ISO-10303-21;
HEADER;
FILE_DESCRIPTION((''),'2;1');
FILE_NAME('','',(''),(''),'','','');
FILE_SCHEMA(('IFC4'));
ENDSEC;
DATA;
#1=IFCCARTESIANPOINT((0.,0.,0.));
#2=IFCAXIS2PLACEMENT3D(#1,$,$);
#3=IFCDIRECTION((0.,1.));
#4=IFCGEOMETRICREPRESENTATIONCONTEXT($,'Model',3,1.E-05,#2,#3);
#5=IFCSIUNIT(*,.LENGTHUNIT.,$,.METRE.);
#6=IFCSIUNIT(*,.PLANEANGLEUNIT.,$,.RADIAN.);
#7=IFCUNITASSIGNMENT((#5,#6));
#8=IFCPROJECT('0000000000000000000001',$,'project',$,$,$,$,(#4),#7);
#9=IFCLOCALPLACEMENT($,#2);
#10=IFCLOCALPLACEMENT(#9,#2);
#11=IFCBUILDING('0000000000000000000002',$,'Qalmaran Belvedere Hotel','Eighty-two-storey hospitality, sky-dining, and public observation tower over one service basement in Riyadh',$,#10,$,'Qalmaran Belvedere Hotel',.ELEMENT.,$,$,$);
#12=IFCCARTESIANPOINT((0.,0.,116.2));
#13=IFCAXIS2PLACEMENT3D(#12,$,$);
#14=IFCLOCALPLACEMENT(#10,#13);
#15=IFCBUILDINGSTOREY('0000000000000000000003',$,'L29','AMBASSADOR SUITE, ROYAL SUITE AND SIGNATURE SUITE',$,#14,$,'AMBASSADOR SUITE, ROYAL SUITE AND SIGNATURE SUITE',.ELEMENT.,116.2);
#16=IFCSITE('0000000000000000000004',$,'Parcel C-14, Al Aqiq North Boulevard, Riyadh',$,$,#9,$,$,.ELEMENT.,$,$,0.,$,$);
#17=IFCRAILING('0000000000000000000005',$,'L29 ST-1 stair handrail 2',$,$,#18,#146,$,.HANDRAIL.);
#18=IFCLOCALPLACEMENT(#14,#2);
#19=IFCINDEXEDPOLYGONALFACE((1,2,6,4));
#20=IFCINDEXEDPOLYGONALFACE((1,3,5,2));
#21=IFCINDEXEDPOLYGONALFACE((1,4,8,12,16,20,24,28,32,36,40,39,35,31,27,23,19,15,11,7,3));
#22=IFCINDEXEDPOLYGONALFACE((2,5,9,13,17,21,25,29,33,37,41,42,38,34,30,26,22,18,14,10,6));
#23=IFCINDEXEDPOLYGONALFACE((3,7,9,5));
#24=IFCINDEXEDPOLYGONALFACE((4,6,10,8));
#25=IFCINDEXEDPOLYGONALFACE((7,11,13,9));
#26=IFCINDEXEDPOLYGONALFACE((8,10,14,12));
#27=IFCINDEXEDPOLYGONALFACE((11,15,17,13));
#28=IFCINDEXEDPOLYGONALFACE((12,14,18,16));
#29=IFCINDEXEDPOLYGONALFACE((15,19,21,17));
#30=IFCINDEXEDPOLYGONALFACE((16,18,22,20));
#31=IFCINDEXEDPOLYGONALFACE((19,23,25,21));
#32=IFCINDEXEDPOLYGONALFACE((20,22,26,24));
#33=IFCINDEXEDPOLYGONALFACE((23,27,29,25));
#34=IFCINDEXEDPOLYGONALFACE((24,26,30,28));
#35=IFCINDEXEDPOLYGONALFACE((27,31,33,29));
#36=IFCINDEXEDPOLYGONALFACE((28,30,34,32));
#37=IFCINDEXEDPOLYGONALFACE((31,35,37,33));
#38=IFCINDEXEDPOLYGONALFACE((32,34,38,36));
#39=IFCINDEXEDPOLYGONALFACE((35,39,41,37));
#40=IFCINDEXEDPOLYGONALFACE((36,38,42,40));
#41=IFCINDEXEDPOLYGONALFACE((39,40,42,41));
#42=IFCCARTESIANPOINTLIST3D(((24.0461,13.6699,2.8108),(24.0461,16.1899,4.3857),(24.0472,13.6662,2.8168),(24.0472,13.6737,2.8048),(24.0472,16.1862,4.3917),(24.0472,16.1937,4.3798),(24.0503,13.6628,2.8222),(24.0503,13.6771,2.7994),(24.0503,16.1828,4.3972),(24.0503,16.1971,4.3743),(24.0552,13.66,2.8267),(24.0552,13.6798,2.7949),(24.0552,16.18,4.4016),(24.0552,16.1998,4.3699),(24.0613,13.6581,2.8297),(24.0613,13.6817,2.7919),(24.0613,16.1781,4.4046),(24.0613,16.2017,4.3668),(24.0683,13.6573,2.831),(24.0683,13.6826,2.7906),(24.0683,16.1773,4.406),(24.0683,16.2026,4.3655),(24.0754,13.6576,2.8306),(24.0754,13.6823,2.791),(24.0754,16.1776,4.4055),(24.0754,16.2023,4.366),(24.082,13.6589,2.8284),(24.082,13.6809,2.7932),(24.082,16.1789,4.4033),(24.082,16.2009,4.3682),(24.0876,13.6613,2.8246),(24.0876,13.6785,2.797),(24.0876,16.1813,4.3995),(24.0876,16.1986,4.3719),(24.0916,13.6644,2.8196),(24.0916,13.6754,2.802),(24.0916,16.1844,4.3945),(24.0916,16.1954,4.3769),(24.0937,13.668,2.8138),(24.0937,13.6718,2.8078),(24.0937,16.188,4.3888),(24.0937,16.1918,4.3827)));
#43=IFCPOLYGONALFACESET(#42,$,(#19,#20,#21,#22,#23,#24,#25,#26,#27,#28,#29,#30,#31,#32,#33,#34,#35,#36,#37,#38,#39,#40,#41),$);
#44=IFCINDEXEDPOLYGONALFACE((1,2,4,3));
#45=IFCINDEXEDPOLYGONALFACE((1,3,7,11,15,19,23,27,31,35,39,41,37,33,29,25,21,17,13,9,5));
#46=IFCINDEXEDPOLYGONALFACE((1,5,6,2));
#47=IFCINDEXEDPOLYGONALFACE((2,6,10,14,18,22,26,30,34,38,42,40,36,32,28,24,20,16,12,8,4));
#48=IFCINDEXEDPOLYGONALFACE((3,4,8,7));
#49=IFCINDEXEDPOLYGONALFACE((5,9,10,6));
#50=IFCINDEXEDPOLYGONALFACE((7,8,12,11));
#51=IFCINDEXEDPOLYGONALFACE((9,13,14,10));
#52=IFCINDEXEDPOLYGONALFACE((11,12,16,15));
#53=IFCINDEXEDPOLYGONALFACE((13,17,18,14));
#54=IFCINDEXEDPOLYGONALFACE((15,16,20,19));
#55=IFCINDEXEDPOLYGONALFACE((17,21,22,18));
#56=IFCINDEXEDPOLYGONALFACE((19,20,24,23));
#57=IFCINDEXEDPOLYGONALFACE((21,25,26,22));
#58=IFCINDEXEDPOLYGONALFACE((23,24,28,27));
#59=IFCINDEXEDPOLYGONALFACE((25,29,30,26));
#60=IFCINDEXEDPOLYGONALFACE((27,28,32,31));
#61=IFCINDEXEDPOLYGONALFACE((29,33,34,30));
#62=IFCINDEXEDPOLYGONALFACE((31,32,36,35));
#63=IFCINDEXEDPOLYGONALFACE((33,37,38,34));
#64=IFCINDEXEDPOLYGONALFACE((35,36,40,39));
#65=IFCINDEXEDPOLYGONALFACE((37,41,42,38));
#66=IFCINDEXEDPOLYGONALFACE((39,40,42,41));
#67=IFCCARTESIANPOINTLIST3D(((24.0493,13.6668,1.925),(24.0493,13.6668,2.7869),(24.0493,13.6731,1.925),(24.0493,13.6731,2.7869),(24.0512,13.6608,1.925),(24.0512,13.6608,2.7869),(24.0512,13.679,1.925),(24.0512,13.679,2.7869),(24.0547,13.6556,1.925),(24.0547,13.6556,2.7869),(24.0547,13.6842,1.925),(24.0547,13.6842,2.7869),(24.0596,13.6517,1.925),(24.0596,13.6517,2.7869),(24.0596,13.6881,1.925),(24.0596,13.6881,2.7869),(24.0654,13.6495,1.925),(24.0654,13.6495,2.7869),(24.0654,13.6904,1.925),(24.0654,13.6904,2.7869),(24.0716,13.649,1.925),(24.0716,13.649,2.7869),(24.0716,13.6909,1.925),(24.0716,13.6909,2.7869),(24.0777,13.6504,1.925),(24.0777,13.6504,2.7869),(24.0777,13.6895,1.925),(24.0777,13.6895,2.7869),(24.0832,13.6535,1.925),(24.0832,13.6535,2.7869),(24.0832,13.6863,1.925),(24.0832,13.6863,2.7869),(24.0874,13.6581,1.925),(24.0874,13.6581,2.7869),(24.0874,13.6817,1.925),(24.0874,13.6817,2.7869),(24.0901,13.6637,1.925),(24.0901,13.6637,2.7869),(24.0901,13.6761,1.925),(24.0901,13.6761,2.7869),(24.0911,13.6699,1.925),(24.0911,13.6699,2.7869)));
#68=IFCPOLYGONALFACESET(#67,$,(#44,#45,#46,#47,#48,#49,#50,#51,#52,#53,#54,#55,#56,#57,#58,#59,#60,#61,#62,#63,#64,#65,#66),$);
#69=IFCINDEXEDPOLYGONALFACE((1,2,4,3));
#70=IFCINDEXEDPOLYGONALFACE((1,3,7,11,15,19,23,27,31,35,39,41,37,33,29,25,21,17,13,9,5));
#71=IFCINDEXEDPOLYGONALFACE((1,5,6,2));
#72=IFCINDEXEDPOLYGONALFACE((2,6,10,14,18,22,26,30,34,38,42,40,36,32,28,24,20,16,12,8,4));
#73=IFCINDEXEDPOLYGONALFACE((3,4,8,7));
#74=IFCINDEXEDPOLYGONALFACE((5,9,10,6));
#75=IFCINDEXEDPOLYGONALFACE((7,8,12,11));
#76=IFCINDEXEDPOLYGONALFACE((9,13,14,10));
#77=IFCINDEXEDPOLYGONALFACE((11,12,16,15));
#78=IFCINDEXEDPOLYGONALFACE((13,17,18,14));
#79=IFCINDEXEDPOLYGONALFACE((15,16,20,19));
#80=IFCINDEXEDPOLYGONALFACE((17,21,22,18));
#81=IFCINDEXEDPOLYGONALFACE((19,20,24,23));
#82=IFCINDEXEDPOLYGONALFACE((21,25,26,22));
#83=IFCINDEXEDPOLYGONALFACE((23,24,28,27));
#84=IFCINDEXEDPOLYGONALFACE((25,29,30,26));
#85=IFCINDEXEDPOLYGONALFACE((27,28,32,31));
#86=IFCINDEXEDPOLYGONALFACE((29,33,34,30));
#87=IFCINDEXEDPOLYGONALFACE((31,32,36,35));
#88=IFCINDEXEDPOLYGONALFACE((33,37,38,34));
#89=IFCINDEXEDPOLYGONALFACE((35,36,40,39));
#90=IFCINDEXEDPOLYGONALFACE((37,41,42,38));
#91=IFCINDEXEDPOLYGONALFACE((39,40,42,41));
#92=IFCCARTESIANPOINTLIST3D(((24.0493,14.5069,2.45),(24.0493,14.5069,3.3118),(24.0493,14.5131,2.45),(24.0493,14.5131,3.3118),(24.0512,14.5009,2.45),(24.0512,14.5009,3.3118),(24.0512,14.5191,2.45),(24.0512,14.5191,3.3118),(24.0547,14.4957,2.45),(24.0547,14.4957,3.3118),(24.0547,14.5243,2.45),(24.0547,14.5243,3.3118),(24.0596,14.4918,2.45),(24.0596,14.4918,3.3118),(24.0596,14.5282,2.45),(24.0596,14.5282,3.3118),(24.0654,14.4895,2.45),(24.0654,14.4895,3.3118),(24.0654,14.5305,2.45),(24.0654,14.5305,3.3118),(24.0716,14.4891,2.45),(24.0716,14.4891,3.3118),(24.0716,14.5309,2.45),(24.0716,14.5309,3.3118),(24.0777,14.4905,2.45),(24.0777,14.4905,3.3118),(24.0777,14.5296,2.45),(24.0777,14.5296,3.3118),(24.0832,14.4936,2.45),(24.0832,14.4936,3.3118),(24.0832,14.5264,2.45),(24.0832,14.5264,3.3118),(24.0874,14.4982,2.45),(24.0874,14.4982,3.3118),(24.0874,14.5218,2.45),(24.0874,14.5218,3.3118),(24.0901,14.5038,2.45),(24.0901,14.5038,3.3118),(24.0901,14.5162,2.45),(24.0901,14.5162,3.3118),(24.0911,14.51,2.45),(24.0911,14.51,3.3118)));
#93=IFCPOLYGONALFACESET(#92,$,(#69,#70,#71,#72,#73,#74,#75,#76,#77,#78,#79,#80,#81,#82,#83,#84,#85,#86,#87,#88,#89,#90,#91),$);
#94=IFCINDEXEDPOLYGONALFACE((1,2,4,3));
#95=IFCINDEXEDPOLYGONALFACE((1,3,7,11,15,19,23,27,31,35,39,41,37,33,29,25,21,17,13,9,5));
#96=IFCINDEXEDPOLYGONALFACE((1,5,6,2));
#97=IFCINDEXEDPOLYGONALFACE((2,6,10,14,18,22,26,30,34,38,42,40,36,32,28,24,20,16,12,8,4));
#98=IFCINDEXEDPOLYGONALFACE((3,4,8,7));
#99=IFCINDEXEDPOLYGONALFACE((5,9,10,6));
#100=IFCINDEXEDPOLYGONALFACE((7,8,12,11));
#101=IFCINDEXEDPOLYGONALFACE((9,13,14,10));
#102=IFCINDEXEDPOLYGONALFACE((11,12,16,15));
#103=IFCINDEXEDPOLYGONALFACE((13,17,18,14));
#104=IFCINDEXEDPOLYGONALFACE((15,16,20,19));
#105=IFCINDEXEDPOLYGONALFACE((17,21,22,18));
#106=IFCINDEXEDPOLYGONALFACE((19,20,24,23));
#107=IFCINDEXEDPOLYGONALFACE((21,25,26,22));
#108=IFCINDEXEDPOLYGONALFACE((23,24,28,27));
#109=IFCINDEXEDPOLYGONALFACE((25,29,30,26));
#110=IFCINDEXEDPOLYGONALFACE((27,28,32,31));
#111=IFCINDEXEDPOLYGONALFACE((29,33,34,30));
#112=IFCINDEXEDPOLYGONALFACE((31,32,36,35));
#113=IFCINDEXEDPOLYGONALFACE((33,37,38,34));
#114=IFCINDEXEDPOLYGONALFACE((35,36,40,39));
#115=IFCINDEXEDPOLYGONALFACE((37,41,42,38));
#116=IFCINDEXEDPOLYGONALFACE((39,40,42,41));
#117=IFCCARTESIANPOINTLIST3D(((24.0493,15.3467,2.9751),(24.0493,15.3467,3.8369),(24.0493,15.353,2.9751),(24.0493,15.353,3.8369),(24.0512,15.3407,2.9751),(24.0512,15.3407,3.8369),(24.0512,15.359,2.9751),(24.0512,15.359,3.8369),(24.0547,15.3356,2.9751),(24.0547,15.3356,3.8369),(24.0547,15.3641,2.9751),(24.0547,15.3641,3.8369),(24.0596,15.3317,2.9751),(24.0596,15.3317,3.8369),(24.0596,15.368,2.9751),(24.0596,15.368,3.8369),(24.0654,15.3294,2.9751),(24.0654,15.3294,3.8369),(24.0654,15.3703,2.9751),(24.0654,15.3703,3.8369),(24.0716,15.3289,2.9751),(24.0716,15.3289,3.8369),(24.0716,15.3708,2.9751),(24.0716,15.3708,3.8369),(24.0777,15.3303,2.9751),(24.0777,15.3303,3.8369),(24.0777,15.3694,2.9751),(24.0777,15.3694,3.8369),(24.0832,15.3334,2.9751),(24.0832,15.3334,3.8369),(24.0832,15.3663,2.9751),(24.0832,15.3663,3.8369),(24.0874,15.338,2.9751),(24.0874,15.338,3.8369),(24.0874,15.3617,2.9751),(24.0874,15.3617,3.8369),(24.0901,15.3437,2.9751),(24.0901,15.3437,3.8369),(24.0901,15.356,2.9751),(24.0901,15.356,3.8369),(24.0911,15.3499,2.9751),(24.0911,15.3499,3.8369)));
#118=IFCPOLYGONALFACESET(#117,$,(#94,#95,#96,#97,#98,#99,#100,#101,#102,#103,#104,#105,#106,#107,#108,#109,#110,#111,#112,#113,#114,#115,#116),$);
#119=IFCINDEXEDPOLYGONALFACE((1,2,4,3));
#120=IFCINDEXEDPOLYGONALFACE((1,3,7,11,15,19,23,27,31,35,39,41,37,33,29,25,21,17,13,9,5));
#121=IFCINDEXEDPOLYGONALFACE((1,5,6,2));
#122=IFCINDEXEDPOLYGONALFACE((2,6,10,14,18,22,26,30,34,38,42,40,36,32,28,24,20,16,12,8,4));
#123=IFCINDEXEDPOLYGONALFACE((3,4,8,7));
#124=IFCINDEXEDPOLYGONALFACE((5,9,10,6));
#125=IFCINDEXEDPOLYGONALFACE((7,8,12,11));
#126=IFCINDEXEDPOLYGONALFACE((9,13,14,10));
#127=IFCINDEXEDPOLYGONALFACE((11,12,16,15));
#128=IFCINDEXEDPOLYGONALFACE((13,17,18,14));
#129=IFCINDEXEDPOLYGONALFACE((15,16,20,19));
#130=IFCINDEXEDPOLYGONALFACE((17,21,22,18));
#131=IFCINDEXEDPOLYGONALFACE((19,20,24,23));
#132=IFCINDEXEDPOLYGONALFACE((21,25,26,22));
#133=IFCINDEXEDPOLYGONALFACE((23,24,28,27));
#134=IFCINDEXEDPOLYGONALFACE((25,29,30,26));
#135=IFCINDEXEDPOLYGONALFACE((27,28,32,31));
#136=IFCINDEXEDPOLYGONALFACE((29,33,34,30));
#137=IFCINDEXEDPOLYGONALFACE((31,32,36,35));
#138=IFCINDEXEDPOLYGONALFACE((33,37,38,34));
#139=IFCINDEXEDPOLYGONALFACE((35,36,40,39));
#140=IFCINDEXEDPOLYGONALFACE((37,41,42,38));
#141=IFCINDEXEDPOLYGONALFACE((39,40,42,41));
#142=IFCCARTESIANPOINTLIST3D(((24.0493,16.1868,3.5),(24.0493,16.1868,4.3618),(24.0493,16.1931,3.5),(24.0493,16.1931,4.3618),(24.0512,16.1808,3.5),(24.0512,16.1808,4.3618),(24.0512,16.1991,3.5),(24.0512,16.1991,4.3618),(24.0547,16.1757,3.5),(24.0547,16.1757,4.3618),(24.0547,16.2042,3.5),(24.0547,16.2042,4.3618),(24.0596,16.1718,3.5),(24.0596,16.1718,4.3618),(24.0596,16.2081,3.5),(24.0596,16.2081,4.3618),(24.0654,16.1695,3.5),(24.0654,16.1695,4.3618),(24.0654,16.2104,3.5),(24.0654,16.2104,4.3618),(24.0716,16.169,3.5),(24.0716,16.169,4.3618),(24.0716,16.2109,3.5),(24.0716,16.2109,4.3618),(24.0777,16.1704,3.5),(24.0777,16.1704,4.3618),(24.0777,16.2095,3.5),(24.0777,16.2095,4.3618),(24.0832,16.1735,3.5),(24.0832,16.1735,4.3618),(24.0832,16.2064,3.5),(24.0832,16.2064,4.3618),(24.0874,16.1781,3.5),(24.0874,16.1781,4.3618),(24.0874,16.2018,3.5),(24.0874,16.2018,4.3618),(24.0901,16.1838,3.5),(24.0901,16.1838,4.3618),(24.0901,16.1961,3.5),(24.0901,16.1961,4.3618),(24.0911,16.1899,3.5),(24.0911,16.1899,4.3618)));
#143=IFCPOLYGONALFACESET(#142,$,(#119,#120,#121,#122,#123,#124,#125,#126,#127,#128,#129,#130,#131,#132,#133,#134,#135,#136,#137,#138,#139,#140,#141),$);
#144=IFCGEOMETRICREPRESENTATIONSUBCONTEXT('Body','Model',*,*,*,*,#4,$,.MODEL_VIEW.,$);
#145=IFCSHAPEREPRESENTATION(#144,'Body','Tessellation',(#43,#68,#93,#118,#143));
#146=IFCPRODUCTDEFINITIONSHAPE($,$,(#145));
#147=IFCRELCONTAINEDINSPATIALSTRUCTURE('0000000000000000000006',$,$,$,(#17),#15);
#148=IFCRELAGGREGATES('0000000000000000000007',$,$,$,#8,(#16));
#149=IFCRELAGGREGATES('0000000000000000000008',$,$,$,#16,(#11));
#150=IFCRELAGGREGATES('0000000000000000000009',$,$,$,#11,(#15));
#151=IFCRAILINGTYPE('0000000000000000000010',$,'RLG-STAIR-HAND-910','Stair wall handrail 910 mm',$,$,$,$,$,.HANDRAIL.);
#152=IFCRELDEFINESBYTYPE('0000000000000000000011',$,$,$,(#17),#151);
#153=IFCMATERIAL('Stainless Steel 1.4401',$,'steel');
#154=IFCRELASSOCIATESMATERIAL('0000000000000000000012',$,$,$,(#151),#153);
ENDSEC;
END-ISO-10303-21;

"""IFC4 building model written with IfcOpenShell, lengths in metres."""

from ifc_helpers import new_model, si_unit, direction, frame, origin, origin_2d, place, context, subcontext, project, spatial, circle, extrude, material, type_object, element, save


model = new_model("IFC4")

# Units and contexts
model_context = context("Model", 3, precision=1e-05, world=origin(), true_north=direction((0.0, 1.0)))
body_context = subcontext(model_context, "Body", "Model", "MODEL_VIEW")
ifc_project = project(units=[si_unit("LENGTHUNIT", "METRE"), si_unit("PLANEANGLEUNIT", "RADIAN")], contexts=[model_context])

# Site, building, storey
site_placement = place(None, origin())
site = spatial("IfcSite", under=ifc_project, at=site_placement, Name="Parcel C-14, Al Aqiq North Boulevard, Riyadh", CompositionType="ELEMENT", RefElevation=0.0)
building_placement = place(site_placement, origin())
building = spatial("IfcBuilding", under=site, at=building_placement, Name="Qalmaran Belvedere Hotel", Description="Eighty-two-storey hospitality, sky-dining, and public observation tower over one service basement in Riyadh", LongName="Qalmaran Belvedere Hotel", CompositionType="ELEMENT")
storey_placement = place(building_placement, frame((0.0, 0.0, 116.2)))
storey = spatial("IfcBuildingStorey", under=building, at=storey_placement, Name="L29", Description="AMBASSADOR SUITE, ROYAL SUITE AND SIGNATURE SUITE", LongName="AMBASSADOR SUITE, ROYAL SUITE AND SIGNATURE SUITE", CompositionType="ELEMENT", Elevation=116.2)

# Shared definitions
ifc_material_1 = material(Name="Stainless Steel 1.4401", Category="steel")

# Railing
railing_type_1 = type_object("IfcRailingType", Name="RLG-STAIR-HAND-910", Description="Stair wall handrail 910 mm", PredefinedType="HANDRAIL", material=ifc_material_1)
railing_1_placement = place(storey_placement, frame((24.0701, 13.6699, 1.925)))
element("IfcRailing", 1, at=railing_1_placement, inside=storey, type_object=railing_type_1, Name="L29 ST-1 stair handrail 2", PredefinedType="HANDRAIL", context=body_context, shape_type="SweptSolid", body=[
    extrude(circle(Radius=0.0239, at=origin_2d()), frame((0.0, 0.0, 0.8857), z_axis=(0.0, 0.848008, 0.529984), x_axis=(-1.0, 0.0, 0.0)), (0.0, 0.0, 1.0), 2.9717),
    extrude(circle(Radius=0.021, at=origin_2d()), origin(), (0.0, 0.0, 1.0), 0.8618),
    extrude(circle(Radius=0.021, at=origin_2d()), frame((0.0, 0.8401, 0.5249)), (0.0, 0.0, 1.0), 0.8618),
    extrude(circle(Radius=0.021, at=origin_2d()), frame((0.0, 1.6799, 1.05)), (0.0, 0.0, 1.0), 0.8618),
    extrude(circle(Radius=0.021, at=origin_2d()), frame((0.0, 2.52, 1.575)), (0.0, 0.0, 1.0), 0.8618),
])

save(model, "model.ifc")
